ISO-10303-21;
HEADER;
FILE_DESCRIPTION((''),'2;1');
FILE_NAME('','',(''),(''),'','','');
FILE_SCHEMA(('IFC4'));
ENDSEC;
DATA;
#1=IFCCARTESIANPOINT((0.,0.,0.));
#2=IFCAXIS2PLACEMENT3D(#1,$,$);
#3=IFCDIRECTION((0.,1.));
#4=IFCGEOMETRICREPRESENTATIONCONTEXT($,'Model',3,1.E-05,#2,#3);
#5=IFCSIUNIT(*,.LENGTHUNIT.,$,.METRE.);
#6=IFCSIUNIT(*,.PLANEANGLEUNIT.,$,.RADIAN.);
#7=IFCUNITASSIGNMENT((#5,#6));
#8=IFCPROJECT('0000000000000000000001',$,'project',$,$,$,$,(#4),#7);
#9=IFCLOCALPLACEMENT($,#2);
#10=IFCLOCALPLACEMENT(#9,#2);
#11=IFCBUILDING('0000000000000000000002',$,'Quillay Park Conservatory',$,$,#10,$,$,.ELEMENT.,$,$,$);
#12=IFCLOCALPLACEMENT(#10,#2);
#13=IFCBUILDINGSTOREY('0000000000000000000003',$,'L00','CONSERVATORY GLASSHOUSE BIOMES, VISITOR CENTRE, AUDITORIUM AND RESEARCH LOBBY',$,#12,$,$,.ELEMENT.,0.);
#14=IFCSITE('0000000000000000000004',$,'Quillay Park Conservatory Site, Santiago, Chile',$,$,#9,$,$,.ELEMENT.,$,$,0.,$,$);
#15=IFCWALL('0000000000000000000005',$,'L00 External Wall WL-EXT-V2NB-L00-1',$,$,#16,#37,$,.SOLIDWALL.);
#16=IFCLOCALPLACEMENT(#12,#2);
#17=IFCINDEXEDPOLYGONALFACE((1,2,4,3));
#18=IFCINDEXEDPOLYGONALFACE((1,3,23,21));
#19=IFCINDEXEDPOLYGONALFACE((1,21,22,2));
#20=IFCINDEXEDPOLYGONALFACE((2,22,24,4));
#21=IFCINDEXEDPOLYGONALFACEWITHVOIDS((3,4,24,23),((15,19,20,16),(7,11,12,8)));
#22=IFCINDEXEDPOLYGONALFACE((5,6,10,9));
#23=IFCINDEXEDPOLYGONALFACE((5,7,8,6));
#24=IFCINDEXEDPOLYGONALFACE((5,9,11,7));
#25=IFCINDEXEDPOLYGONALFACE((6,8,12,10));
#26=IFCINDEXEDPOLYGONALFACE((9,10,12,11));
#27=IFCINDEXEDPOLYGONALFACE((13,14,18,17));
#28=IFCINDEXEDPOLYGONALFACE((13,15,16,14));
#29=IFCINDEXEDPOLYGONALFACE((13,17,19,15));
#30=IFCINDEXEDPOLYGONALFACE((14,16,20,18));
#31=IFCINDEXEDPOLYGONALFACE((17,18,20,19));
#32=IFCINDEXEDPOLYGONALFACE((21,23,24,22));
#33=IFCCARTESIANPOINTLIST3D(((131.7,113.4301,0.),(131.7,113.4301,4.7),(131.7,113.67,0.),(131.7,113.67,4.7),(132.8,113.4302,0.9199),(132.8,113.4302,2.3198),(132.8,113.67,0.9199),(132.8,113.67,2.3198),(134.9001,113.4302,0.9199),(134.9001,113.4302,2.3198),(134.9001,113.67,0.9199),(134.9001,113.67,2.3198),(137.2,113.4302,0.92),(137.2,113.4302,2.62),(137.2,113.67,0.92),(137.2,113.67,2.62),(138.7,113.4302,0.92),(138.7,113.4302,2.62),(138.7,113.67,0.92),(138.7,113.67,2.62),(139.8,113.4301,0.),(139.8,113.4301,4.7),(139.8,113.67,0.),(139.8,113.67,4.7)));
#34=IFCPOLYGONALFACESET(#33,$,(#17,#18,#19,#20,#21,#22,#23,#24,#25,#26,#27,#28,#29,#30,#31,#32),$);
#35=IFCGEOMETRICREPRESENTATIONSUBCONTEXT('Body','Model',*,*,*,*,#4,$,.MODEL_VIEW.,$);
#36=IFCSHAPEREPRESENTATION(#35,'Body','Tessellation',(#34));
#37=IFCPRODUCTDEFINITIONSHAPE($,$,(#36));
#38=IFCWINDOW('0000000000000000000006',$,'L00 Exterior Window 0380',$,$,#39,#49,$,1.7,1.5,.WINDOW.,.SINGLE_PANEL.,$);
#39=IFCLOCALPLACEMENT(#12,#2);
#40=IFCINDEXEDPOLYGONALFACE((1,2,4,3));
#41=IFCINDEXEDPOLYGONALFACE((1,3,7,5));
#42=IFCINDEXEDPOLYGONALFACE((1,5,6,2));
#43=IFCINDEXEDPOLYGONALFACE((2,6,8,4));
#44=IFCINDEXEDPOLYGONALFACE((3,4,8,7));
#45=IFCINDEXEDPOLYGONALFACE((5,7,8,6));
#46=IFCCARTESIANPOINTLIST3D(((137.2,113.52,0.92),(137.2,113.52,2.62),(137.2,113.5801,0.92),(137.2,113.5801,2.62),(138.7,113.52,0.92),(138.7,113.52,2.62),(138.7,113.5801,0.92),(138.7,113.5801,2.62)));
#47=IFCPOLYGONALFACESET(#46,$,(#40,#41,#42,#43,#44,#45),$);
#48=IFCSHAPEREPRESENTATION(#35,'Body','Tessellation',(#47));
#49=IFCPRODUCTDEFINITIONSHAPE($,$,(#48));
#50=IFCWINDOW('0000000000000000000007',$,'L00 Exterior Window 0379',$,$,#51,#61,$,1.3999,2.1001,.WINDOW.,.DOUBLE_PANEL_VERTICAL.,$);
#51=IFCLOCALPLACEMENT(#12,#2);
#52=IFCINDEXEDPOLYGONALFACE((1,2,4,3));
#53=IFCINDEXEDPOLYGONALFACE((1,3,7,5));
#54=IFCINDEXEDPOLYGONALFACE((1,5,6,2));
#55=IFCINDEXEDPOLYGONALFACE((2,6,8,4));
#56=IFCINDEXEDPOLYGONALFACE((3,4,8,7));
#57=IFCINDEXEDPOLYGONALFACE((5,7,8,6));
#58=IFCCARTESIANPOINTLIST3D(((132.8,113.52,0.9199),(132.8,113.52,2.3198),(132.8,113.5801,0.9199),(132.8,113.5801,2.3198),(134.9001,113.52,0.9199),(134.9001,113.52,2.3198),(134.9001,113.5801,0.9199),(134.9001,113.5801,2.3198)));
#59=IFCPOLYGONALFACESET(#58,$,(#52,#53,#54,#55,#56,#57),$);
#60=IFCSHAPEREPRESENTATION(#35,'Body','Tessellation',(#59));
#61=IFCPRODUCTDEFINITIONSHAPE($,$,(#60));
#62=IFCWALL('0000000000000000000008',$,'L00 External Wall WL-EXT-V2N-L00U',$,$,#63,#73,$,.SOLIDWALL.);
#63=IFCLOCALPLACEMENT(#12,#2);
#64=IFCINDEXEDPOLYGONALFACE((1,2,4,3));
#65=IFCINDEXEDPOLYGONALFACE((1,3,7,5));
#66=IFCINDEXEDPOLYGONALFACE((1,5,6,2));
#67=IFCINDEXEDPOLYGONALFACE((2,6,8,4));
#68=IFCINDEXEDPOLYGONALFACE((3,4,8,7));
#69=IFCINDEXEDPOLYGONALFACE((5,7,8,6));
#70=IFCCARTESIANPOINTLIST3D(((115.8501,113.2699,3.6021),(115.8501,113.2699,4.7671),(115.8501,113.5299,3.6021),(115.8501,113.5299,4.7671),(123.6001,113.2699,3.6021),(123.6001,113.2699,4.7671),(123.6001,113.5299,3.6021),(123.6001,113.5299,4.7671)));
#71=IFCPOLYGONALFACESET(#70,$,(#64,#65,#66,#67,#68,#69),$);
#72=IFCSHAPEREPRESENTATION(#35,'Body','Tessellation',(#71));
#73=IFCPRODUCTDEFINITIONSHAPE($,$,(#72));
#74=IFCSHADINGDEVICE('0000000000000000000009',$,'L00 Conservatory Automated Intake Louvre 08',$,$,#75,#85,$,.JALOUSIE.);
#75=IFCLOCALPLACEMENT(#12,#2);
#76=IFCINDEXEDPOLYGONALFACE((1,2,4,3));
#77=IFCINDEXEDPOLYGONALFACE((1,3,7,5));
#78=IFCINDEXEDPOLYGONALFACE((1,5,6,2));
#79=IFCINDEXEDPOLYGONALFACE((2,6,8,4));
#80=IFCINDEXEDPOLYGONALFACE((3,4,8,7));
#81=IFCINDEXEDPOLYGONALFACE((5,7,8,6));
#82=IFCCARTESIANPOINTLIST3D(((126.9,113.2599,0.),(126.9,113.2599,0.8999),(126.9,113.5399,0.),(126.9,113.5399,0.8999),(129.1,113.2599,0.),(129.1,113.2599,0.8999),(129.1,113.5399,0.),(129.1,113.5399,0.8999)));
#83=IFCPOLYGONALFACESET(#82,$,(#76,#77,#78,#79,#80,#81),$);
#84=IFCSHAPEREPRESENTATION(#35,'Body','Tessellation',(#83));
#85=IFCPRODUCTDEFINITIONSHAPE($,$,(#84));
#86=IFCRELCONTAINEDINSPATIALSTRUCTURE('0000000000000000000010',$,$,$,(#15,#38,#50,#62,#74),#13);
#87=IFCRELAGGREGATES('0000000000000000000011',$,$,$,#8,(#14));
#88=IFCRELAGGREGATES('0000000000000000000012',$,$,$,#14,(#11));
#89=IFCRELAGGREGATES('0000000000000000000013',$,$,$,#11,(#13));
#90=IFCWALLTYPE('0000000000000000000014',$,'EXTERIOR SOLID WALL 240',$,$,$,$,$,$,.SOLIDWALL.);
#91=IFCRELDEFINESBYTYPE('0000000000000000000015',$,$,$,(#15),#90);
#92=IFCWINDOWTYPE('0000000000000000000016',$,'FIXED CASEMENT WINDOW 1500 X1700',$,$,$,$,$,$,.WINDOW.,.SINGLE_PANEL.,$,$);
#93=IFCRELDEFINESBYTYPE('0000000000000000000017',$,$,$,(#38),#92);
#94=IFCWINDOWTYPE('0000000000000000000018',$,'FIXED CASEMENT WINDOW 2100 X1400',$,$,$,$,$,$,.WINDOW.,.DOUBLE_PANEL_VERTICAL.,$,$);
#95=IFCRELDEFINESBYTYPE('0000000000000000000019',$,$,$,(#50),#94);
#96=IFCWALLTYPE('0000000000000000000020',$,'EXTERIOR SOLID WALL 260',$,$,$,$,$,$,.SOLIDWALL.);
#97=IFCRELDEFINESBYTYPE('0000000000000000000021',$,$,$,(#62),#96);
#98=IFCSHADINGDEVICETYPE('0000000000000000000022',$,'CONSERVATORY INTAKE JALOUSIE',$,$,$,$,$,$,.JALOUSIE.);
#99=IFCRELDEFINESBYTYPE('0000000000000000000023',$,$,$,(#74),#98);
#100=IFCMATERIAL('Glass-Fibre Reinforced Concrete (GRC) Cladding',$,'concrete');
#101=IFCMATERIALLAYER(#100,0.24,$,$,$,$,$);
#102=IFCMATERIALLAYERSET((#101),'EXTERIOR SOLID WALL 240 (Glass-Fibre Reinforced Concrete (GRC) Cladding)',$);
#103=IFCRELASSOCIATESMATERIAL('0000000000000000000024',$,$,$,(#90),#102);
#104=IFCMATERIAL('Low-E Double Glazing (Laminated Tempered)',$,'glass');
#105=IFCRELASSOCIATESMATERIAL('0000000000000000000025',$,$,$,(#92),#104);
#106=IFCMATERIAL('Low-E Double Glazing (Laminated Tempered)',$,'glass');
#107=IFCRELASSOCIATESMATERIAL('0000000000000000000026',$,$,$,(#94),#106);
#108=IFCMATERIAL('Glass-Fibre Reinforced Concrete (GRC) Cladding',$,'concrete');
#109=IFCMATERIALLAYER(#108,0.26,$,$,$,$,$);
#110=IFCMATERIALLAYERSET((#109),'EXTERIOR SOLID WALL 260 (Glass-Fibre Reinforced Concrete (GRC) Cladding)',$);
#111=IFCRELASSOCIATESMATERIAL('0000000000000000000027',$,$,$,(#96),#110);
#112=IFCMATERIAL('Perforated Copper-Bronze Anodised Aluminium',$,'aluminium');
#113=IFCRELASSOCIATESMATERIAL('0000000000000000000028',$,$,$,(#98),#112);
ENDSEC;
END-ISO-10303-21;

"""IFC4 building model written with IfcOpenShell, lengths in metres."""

from ifc_helpers import new_model, si_unit, direction, frame, frame_2d, origin, origin_2d, place, context, subcontext, project, spatial, rectangle, extrude, material, layer, layer_set, type_object, element, fill, save


model = new_model("IFC4")

# Units and contexts
model_context = context("Model", 3, precision=1e-05, world=origin(), true_north=direction((0.0, 1.0)))
body_context = subcontext(model_context, "Body", "Model", "MODEL_VIEW")
ifc_project = project(units=[si_unit("LENGTHUNIT", "METRE"), si_unit("PLANEANGLEUNIT", "RADIAN")], contexts=[model_context])

# Site, building, storey
site_placement = place(None, origin())
site = spatial("IfcSite", under=ifc_project, at=site_placement, Name="Quillay Park Conservatory Site, Santiago, Chile", CompositionType="ELEMENT", RefElevation=0.0)
building_placement = place(site_placement, origin())
building = spatial("IfcBuilding", under=site, at=building_placement, Name="Quillay Park Conservatory", CompositionType="ELEMENT")
storey_placement = place(building_placement, origin())
storey = spatial("IfcBuildingStorey", under=building, at=storey_placement, Name="L00", Description="CONSERVATORY GLASSHOUSE BIOMES, VISITOR CENTRE, AUDITORIUM AND RESEARCH LOBBY", CompositionType="ELEMENT", Elevation=0.0)

# Wall, openings, windows
ifc_material_1 = material(Name="Glass-Fibre Reinforced Concrete (GRC) Cladding", Category="concrete")
ifc_layer_1 = layer(ifc_material_1, 0.24)
ifc_layer_set_1 = layer_set([ifc_layer_1], Name="EXTERIOR SOLID WALL 240 (Glass-Fibre Reinforced Concrete (GRC) Cladding)")
wall_type_1 = type_object("IfcWallType", Name="EXTERIOR SOLID WALL 240", PredefinedType="SOLIDWALL", material=ifc_layer_set_1)
wall_1_placement = place(storey_placement, frame((131.7, 113.55, 0.0), z_axis=(0.0, 0.0, 1.0), x_axis=(1.0, 0.0, 0.0)))
wall_1 = element("IfcWall", 1, at=wall_1_placement, inside=storey, type_object=wall_type_1, Name="L00 External Wall WL-EXT-V2NB-L00-1", PredefinedType="SOLIDWALL", context=body_context, shape_type="SweptSolid", body=[
    extrude(rectangle(XDim=8.1001, YDim=0.24, at=frame_2d((4.05, 0.0))), origin(), (0.0, 0.0, 1.0), 4.7),
])
opening_1_placement = place(wall_1_placement, frame((1.1001, 0.0, 0.9199)))
opening_1 = element("IfcOpeningElement", 2, at=opening_1_placement, cuts=wall_1, PredefinedType="OPENING", context=body_context, shape_type="SweptSolid", body=[
    extrude(rectangle(XDim=2.1001, YDim=1.3999, at=frame_2d((1.05, 0.7))), frame((0.0, 0.1201, 0.0), z_axis=(0.0, -1.0, 0.0), x_axis=(1.0, 0.0, 0.0)), (0.0, 0.0, 1.0), 0.24),
])
opening_2_placement = place(wall_1_placement, frame((5.5, 0.0, 0.9199)))
opening_2 = element("IfcOpeningElement", 3, at=opening_2_placement, cuts=wall_1, PredefinedType="OPENING", context=body_context, shape_type="SweptSolid", body=[
    extrude(rectangle(XDim=1.5, YDim=1.7, at=frame_2d((0.75, 0.8501))), frame((0.0, 0.1201, 0.0), z_axis=(0.0, -1.0, 0.0), x_axis=(1.0, 0.0, 0.0)), (0.0, 0.0, 1.0), 0.24),
])
ifc_material_2 = material(Name="Low-E Double Glazing (Laminated Tempered)", Category="glass")
window_type_1 = type_object("IfcWindowType", Name="FIXED CASEMENT WINDOW 1500 X1700", PartitioningType="SINGLE_PANEL", PredefinedType="WINDOW", material=ifc_material_2)
window_1_placement = place(opening_2_placement, origin())
window_1 = element("IfcWindow", 4, at=window_1_placement, inside=storey, type_object=window_type_1, Name="L00 Exterior Window 0380", OverallHeight=1.7, OverallWidth=1.5, PartitioningType="SINGLE_PANEL", PredefinedType="WINDOW", context=body_context, shape_type="SweptSolid", body=[
    extrude(rectangle(XDim=1.5, YDim=1.7, at=frame_2d((0.75, 0.8501))), frame((0.0, 0.03, 0.0), z_axis=(0.0, -1.0, 0.0), x_axis=(1.0, 0.0, 0.0)), (0.0, 0.0, 1.0), 0.0601),
])
fill(opening_2, window_1)
ifc_material_3 = material(Name="Low-E Double Glazing (Laminated Tempered)", Category="glass")
window_type_2 = type_object("IfcWindowType", Name="FIXED CASEMENT WINDOW 2100 X1400", PartitioningType="DOUBLE_PANEL_VERTICAL", PredefinedType="WINDOW", material=ifc_material_3)
window_2_placement = place(opening_1_placement, origin())
window_2 = element("IfcWindow", 5, at=window_2_placement, inside=storey, type_object=window_type_2, Name="L00 Exterior Window 0379", OverallHeight=1.3999, OverallWidth=2.1001, PartitioningType="DOUBLE_PANEL_VERTICAL", PredefinedType="WINDOW", context=body_context, shape_type="SweptSolid", body=[
    extrude(rectangle(XDim=2.1001, YDim=1.3999, at=frame_2d((1.05, 0.7))), frame((0.0, 0.03, 0.0), z_axis=(0.0, -1.0, 0.0), x_axis=(1.0, 0.0, 0.0)), (0.0, 0.0, 1.0), 0.0601),
])
fill(opening_1, window_2)

# Shared definitions
ifc_material_4 = material(Name="Glass-Fibre Reinforced Concrete (GRC) Cladding", Category="concrete")
ifc_layer_2 = layer(ifc_material_4, 0.26)
ifc_layer_set_2 = layer_set([ifc_layer_2], Name="EXTERIOR SOLID WALL 260 (Glass-Fibre Reinforced Concrete (GRC) Cladding)")
wall_type_2 = type_object("IfcWallType", Name="EXTERIOR SOLID WALL 260", PredefinedType="SOLIDWALL", material=ifc_layer_set_2)

# Wall
wall_2_placement = place(storey_placement, frame((123.6001, 113.3999, 3.6021), z_axis=(0.0, 0.0, 1.0), x_axis=(-1.0, 0.0, 0.0)))
element("IfcWall", 6, at=wall_2_placement, inside=storey, type_object=wall_type_2, Name="L00 External Wall WL-EXT-V2N-L00U", PredefinedType="SOLIDWALL", context=body_context, shape_type="SweptSolid", body=[
    extrude(rectangle(XDim=7.75, YDim=0.26, at=frame_2d((3.875, 0.0))), origin(), (0.0, 0.0, 1.0), 1.165),
])

# Shading device
ifc_material_5 = material(Name="Perforated Copper-Bronze Anodised Aluminium", Category="aluminium")
shading_device_type = type_object("IfcShadingDeviceType", Name="CONSERVATORY INTAKE JALOUSIE", PredefinedType="JALOUSIE", material=ifc_material_5)
shading_device_placement = place(storey_placement, frame((128.0, 113.3999, 0.0), z_axis=(0.0, 0.0, 1.0), x_axis=(1.0, 0.0, 0.0)))
element("IfcShadingDevice", 7, at=shading_device_placement, inside=storey, type_object=shading_device_type, Name="L00 Conservatory Automated Intake Louvre 08", PredefinedType="JALOUSIE", context=body_context, shape_type="SweptSolid", body=[
    extrude(rectangle(XDim=2.2, YDim=0.28, at=origin_2d()), origin(), (0.0, 0.0, 1.0), 0.8999),
])

save(model, "model.ifc")
